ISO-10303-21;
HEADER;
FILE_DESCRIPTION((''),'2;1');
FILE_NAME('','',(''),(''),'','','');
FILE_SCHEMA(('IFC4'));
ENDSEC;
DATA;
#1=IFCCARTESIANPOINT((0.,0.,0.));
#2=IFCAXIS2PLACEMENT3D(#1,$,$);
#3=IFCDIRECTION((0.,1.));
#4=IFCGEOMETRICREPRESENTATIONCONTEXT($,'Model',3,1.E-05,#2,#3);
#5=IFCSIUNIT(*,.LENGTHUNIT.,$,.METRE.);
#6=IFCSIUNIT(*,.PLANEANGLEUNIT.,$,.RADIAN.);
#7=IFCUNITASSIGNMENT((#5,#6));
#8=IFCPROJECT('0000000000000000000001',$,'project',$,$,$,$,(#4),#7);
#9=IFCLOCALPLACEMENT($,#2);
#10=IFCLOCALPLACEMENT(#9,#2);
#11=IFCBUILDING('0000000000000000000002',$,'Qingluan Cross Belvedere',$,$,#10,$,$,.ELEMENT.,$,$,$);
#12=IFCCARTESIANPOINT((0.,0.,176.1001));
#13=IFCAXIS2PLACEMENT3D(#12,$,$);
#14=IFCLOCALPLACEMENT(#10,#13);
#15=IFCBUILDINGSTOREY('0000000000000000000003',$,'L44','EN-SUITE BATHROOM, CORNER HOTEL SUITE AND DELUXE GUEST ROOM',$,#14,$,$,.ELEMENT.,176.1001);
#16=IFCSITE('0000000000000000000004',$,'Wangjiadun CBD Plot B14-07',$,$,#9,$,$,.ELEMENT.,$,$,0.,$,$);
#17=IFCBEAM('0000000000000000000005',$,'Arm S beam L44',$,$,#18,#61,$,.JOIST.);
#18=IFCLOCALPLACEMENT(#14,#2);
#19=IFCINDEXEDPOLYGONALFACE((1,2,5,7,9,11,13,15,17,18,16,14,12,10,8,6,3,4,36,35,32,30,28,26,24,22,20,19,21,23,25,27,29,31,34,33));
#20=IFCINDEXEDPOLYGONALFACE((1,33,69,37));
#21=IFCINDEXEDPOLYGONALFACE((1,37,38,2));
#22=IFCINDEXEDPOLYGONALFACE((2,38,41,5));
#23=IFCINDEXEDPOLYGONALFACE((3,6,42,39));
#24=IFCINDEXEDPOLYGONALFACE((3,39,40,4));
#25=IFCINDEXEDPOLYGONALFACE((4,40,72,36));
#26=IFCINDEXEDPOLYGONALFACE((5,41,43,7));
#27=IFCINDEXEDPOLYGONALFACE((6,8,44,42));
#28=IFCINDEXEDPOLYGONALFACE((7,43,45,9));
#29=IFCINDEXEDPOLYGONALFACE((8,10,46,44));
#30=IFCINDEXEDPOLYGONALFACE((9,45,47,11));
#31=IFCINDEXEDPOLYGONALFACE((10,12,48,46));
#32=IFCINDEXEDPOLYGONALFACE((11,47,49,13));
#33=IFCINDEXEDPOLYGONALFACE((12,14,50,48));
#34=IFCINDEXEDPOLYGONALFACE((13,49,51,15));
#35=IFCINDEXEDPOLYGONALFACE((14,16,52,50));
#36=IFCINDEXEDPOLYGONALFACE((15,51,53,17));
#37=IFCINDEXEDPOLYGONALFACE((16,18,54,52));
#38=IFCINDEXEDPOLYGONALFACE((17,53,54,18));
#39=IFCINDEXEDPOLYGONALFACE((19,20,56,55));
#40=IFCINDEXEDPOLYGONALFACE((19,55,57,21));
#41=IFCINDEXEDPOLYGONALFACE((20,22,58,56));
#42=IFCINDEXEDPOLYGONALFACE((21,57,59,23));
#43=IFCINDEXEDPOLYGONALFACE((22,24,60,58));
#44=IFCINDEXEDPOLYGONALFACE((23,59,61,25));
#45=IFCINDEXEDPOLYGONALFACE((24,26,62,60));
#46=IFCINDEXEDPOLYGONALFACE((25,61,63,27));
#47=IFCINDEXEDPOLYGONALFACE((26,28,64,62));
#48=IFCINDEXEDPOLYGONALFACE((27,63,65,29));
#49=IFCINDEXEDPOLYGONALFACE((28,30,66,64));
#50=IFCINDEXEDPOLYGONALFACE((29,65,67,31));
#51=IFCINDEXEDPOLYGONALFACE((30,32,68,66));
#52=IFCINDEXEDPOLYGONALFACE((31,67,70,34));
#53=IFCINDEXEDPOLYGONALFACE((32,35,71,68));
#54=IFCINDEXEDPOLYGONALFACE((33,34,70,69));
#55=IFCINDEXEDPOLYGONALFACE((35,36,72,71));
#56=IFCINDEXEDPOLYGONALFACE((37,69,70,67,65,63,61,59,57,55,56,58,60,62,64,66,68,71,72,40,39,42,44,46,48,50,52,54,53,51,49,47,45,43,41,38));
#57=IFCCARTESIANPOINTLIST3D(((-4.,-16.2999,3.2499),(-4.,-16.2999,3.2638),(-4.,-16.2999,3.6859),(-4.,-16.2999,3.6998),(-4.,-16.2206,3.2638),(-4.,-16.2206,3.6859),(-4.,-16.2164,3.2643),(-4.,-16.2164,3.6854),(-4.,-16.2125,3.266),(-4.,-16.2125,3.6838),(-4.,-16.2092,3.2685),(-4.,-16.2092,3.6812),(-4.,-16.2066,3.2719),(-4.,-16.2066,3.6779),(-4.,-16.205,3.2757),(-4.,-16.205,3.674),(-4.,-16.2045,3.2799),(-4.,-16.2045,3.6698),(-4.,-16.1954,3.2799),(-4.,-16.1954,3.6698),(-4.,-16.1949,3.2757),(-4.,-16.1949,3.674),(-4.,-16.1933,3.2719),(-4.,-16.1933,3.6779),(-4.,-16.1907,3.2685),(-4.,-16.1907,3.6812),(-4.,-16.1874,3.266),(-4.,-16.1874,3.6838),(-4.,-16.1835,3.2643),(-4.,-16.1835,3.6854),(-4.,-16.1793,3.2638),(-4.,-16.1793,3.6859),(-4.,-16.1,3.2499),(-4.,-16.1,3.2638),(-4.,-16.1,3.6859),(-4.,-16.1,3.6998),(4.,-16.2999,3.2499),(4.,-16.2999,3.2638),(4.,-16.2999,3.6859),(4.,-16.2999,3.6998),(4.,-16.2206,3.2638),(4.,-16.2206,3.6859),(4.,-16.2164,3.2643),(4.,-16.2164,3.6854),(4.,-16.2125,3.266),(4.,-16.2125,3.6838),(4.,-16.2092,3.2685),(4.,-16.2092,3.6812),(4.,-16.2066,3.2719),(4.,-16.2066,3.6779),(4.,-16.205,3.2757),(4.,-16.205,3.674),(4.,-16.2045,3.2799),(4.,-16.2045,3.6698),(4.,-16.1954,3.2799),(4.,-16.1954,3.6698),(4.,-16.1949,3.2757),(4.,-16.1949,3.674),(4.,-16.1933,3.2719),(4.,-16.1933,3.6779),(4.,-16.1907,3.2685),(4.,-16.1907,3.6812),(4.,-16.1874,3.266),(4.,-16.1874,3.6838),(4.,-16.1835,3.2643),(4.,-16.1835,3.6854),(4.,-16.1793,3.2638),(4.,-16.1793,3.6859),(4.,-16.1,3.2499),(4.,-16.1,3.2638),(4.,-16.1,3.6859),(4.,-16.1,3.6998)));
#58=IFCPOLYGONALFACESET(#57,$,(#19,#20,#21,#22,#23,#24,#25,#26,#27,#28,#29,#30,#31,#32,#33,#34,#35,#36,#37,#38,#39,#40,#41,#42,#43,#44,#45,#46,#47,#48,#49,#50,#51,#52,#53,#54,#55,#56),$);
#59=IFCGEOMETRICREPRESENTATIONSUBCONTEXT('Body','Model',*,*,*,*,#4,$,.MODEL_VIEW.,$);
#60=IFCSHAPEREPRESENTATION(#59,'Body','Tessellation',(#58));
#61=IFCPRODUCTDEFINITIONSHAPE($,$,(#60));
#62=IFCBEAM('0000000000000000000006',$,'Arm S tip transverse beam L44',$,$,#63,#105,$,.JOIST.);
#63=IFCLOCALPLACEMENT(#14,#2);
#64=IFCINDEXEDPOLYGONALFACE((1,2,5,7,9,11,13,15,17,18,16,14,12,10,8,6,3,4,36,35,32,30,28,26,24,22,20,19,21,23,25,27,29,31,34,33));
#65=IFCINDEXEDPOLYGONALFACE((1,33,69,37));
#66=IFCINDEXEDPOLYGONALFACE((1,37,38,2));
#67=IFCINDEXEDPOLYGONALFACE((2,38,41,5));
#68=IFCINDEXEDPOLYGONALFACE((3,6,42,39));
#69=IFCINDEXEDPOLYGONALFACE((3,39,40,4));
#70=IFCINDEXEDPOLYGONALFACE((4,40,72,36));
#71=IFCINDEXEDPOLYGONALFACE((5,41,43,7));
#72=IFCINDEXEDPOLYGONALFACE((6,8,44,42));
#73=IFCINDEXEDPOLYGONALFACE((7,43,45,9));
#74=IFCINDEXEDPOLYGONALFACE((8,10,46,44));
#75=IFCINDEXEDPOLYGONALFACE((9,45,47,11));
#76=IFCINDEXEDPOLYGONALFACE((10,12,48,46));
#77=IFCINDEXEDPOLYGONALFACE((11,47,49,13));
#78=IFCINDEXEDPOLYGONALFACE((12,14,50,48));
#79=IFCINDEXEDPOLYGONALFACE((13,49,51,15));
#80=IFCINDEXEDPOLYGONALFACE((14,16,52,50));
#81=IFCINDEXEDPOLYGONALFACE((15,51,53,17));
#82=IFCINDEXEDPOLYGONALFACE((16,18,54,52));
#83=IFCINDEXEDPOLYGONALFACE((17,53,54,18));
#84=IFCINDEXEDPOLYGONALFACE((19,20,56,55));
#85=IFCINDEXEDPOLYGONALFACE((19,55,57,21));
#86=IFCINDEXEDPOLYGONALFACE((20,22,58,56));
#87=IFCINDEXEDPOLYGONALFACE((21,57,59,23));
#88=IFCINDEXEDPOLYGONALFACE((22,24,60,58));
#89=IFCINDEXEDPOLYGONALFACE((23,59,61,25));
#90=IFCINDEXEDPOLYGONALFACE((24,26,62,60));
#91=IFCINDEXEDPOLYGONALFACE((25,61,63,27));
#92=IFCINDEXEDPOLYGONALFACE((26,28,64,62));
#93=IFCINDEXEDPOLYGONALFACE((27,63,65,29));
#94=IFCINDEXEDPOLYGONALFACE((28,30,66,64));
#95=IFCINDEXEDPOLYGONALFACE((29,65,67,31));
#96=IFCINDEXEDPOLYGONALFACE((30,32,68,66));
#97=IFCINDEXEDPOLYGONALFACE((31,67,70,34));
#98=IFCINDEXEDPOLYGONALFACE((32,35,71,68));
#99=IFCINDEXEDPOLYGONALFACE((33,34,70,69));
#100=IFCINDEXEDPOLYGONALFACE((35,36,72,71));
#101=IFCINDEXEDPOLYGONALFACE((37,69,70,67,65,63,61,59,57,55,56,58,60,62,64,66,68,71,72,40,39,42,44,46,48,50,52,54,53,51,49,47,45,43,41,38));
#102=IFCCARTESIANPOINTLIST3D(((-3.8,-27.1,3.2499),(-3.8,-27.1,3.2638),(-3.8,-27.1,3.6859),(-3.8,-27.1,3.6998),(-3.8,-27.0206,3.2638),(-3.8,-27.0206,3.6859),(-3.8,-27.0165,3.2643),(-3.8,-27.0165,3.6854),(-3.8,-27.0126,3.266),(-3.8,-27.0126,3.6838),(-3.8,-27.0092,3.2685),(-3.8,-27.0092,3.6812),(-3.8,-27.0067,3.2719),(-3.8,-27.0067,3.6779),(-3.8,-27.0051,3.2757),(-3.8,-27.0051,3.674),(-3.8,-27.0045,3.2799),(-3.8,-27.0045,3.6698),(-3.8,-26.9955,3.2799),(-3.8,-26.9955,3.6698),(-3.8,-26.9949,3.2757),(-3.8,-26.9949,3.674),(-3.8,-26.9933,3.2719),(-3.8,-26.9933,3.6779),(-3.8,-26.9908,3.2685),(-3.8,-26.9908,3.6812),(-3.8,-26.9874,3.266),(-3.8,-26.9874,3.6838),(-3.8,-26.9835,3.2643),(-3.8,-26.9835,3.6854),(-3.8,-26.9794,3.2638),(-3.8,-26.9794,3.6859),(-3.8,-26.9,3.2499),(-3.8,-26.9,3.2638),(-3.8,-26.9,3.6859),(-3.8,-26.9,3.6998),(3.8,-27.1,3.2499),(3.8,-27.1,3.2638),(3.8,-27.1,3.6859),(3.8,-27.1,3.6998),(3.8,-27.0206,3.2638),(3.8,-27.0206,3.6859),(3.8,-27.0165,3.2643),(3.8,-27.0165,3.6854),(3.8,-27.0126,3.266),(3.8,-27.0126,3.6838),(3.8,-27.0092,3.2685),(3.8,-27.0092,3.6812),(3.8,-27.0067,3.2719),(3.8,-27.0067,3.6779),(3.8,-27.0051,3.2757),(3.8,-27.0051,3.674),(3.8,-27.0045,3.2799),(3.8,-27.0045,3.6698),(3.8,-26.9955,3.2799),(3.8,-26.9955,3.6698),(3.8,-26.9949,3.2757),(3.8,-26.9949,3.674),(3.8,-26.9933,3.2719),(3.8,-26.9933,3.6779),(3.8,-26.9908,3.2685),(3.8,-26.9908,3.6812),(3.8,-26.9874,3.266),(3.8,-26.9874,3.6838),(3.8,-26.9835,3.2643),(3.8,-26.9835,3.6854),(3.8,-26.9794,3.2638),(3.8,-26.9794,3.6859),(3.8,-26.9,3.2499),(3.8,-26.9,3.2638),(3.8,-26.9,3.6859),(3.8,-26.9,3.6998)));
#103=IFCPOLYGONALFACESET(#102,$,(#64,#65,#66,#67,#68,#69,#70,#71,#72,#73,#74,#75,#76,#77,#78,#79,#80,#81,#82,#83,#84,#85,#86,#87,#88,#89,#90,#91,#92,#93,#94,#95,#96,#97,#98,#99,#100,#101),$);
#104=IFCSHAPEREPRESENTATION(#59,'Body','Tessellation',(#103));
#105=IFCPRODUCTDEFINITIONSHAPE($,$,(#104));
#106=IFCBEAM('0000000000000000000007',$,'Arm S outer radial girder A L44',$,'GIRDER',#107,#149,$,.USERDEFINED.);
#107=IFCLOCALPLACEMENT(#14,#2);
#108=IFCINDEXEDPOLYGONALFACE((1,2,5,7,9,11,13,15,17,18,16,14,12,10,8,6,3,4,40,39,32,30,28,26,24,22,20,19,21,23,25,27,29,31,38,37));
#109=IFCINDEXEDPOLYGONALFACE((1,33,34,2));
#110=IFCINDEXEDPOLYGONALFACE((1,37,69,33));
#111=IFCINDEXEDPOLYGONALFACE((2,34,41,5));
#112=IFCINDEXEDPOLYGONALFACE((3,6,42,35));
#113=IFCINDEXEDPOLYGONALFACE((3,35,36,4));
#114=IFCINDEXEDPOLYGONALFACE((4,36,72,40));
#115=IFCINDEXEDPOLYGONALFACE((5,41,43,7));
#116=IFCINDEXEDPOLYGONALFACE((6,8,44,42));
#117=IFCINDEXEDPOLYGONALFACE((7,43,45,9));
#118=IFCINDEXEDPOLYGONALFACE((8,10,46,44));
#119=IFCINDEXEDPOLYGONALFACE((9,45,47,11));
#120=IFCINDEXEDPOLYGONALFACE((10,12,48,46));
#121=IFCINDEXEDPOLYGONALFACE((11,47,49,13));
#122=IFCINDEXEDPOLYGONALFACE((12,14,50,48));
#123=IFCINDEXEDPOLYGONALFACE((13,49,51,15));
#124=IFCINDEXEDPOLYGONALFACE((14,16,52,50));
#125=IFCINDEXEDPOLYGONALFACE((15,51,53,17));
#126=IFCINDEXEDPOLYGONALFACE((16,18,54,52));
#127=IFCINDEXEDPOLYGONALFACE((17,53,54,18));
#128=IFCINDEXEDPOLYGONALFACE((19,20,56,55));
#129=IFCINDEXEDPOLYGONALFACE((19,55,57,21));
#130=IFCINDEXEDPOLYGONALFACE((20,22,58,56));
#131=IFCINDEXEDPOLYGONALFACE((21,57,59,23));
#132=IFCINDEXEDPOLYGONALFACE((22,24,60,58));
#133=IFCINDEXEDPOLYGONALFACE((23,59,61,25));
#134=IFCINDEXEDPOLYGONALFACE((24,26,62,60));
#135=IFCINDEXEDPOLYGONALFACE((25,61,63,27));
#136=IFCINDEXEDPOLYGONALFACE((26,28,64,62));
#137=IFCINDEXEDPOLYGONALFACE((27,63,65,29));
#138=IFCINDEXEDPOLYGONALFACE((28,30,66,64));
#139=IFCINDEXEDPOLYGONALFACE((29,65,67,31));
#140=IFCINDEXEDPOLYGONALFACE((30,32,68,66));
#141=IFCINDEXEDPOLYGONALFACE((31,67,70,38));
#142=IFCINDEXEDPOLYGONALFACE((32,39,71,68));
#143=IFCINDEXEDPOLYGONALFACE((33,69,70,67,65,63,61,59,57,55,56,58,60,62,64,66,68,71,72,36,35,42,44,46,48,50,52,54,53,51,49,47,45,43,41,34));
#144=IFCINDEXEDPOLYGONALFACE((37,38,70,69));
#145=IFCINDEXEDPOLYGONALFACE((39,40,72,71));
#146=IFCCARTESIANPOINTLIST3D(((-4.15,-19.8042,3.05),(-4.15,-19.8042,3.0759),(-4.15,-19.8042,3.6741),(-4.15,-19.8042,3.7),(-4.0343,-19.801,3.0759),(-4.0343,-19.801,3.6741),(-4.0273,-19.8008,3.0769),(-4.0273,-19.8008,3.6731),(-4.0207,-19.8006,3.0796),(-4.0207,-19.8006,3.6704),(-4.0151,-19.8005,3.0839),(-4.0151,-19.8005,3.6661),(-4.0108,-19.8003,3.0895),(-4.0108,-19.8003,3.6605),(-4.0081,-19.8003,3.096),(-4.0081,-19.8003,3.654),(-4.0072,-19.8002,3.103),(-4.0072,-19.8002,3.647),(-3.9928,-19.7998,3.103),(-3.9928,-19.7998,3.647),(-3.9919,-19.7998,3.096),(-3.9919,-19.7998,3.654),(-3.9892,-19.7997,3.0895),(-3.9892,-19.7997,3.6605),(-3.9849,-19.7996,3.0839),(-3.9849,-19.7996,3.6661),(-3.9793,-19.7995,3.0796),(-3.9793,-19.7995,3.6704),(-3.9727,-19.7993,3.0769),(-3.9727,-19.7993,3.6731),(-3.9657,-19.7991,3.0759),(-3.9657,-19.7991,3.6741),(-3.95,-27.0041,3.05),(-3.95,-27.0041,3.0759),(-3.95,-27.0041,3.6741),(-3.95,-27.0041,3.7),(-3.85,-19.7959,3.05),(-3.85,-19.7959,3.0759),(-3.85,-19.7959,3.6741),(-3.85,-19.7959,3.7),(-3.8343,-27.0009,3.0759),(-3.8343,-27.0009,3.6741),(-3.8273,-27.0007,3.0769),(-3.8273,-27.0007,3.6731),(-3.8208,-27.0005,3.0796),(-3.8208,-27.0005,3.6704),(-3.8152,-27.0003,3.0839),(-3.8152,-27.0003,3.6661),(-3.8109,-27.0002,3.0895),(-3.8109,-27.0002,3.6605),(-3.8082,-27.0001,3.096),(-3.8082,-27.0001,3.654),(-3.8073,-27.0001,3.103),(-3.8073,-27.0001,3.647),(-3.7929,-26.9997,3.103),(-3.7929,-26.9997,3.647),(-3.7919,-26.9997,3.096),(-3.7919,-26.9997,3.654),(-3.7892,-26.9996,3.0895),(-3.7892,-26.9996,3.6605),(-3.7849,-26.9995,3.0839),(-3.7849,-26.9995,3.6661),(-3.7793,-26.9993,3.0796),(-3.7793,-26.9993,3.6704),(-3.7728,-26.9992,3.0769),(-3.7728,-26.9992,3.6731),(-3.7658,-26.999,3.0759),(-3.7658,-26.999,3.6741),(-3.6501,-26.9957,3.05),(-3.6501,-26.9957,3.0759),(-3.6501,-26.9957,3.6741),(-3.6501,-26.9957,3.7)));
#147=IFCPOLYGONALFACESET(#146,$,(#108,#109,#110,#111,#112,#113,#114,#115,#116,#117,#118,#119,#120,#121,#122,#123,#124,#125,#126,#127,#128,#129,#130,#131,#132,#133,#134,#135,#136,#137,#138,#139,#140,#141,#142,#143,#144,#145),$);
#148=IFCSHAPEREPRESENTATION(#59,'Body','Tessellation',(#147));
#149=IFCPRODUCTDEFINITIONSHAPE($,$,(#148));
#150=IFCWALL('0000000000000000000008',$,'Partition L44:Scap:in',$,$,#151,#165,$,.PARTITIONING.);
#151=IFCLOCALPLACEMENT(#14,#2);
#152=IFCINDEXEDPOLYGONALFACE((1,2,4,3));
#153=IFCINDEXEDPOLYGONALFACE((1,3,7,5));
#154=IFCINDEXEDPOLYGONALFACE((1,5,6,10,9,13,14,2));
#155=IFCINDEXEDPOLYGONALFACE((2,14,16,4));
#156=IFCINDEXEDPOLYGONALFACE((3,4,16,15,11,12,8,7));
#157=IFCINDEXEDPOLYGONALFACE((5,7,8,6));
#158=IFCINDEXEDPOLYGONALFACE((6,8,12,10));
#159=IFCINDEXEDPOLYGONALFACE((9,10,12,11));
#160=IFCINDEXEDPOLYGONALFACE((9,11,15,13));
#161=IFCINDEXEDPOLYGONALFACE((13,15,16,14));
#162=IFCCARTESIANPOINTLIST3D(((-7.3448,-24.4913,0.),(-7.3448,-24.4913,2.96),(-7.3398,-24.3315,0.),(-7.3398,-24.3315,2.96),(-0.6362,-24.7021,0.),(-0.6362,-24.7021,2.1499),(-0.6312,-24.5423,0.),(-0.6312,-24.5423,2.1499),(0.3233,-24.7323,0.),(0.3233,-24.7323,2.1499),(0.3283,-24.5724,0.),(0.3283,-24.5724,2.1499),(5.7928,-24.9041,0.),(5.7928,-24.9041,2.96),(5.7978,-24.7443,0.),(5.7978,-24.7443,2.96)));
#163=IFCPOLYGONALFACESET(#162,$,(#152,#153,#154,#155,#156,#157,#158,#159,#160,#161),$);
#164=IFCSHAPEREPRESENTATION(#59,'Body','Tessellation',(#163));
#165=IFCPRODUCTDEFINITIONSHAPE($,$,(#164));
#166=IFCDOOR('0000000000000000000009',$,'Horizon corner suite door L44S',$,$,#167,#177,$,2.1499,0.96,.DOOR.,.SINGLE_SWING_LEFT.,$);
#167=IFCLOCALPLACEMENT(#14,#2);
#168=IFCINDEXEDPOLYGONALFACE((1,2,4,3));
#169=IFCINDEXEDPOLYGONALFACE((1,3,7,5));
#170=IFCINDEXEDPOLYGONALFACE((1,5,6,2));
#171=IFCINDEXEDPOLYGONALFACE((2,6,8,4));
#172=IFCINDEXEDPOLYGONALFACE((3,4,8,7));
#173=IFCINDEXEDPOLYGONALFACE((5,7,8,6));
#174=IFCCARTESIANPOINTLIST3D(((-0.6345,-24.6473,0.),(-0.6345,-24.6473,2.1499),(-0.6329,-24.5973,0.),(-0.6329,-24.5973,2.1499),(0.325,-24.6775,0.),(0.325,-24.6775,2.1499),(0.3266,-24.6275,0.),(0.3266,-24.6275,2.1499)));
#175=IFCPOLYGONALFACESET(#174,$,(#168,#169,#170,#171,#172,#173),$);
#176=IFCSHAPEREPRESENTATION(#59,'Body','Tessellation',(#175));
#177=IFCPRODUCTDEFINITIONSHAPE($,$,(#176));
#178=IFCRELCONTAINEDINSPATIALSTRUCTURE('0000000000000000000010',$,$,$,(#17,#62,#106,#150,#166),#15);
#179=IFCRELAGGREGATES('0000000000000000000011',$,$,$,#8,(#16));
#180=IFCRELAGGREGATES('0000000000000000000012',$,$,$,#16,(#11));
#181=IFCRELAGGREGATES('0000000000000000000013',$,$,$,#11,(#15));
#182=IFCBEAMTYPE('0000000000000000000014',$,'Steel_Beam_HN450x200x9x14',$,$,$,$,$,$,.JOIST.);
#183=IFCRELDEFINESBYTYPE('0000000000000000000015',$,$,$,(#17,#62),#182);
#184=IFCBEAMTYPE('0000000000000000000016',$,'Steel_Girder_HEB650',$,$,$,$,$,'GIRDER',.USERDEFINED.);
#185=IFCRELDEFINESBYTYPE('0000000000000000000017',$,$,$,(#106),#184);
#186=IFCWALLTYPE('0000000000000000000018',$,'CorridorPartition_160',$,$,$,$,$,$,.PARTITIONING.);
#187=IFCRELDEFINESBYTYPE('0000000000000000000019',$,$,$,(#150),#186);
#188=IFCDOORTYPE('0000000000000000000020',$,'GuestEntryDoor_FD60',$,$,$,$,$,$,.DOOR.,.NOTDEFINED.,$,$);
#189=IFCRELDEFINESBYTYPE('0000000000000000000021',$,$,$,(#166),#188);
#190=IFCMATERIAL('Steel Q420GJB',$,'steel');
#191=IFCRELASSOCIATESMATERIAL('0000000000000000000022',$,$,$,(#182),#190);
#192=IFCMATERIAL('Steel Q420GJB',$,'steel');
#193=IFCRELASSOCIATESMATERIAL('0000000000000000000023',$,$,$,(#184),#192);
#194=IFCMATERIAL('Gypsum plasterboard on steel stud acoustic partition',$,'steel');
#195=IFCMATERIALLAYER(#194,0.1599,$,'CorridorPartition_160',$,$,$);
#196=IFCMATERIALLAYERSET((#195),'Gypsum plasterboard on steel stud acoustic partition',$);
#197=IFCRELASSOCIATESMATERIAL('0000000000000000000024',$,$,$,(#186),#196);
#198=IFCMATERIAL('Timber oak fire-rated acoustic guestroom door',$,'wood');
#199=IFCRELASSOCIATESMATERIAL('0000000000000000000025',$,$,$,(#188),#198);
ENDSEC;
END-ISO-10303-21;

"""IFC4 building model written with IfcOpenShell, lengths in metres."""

from ifc_helpers import new_model, si_unit, direction, frame, frame_2d, origin, origin_2d, place, context, subcontext, project, spatial, rectangle, i_section, extrude, material, layer, layer_set, material_profile, profile_set, type_object, element, fill, save


model = new_model("IFC4")

# Units and contexts
model_context = context("Model", 3, precision=1e-05, world=origin(), true_north=direction((0.0, 1.0)))
body_context = subcontext(model_context, "Body", "Model", "MODEL_VIEW")
ifc_project = project(units=[si_unit("LENGTHUNIT", "METRE"), si_unit("PLANEANGLEUNIT", "RADIAN")], contexts=[model_context])

# Site, building, storey
site_placement = place(None, origin())
site = spatial("IfcSite", under=ifc_project, at=site_placement, Name="Wangjiadun CBD Plot B14-07", CompositionType="ELEMENT", RefElevation=0.0)
building_placement = place(site_placement, origin())
building = spatial("IfcBuilding", under=site, at=building_placement, Name="Qingluan Cross Belvedere", CompositionType="ELEMENT")
storey_placement = place(building_placement, frame((0.0, 0.0, 176.1001)))
storey = spatial("IfcBuildingStorey", under=building, at=storey_placement, Name="L44", Description="EN-SUITE BATHROOM, CORNER HOTEL SUITE AND DELUXE GUEST ROOM", CompositionType="ELEMENT", Elevation=176.1001)

# Beams
ifc_material_1 = material(Name="Steel Q420GJB", Category="steel")
ifc_material_profile_1 = material_profile(ifc_material_1, i_section(OverallWidth=0.2, OverallDepth=0.45, WebThickness=0.009, FlangeThickness=0.0139, FilletRadius=0.0161, at=origin_2d()), Name="HN450x200x9x14")
ifc_profile_set_1 = profile_set([ifc_material_profile_1], Name="Steel Q420GJB")
beam_type_1 = type_object("IfcBeamType", Name="Steel_Beam_HN450x200x9x14", PredefinedType="JOIST", material=ifc_profile_set_1)
for number, where, z_axis, x_axis, name in (
    (1, (-4.0, -16.2, 3.4749), (1.0, 0.0, 0.0), (0.0, 1.0, 0.0), "Arm S beam L44"),
):
    element("IfcBeam", number, at=place(storey_placement, frame(where, z_axis=z_axis, x_axis=x_axis)), inside=storey, type_object=beam_type_1, Name=name, PredefinedType="JOIST", context=body_context, shape_type="SweptSolid", body=[
        extrude(i_section(OverallWidth=0.2, OverallDepth=0.45, WebThickness=0.009, FlangeThickness=0.0139, FilletRadius=0.0161, at=origin_2d()), origin(), (0.0, 0.0, 1.0), 8.0),
    ])
beam_1_placement = place(storey_placement, frame((-3.8, -27.0, 3.4749), z_axis=(1.0, 0.0, 0.0), x_axis=(0.0, 1.0, 0.0)))
element("IfcBeam", 2, at=beam_1_placement, inside=storey, type_object=beam_type_1, Name="Arm S tip transverse beam L44", PredefinedType="JOIST", context=body_context, shape_type="SweptSolid", body=[
    extrude(i_section(OverallWidth=0.2, OverallDepth=0.45, WebThickness=0.009, FlangeThickness=0.0139, FilletRadius=0.0161, at=origin_2d()), origin(), (0.0, 0.0, 1.0), 7.6001),
])
ifc_material_2 = material(Name="Steel Q420GJB", Category="steel")
ifc_material_profile_2 = material_profile(ifc_material_2, i_section(OverallWidth=0.3, OverallDepth=0.6499, WebThickness=0.0144, FlangeThickness=0.0259, FilletRadius=0.0271, at=origin_2d()), Name="HEB650")
ifc_profile_set_2 = profile_set([ifc_material_profile_2], Name="Steel Q420GJB")
beam_type_2 = type_object("IfcBeamType", Name="Steel_Girder_HEB650", ElementType="GIRDER", PredefinedType="USERDEFINED", material=ifc_profile_set_2)
beam_2_placement = place(storey_placement, frame((-4.0, -19.8, 3.375), z_axis=(0.02776, -0.999615, 0.0), x_axis=(0.999615, 0.02776, 0.0)))
element("IfcBeam", 3, at=beam_2_placement, inside=storey, type_object=beam_type_2, Name="Arm S outer radial girder A L44", ObjectType="GIRDER", PredefinedType="USERDEFINED", context=body_context, shape_type="SweptSolid", body=[
    extrude(i_section(OverallWidth=0.3, OverallDepth=0.6499, WebThickness=0.0144, FlangeThickness=0.0259, FilletRadius=0.0271, at=origin_2d()), origin(), (0.0, 0.0, 1.0), 7.2026),
])

# Wall, opening, door
ifc_material_3 = material(Name="Gypsum plasterboard on steel stud acoustic partition", Category="steel")
ifc_layer_1 = layer(ifc_material_3, 0.1599, Name="CorridorPartition_160")
ifc_layer_set_1 = layer_set([ifc_layer_1], Name="Gypsum plasterboard on steel stud acoustic partition")
wall_type_1 = type_object("IfcWallType", Name="CorridorPartition_160", PredefinedType="PARTITIONING", material=ifc_layer_set_1)
wall_1_placement = place(storey_placement, frame((-7.3423, -24.4114, 0.0), z_axis=(0.0, 0.0, 1.0), x_axis=(0.999507, -0.031409, 0.0)))
wall_1 = element("IfcWall", 4, at=wall_1_placement, inside=storey, type_object=wall_type_1, Name="Partition L44:Scap:in", PredefinedType="PARTITIONING", context=body_context, shape_type="SweptSolid", body=[
    extrude(rectangle(XDim=13.144, YDim=0.1599, at=frame_2d((6.572, 0.0))), origin(), (0.0, 0.0, 1.0), 2.96),
])
opening_1_placement = place(wall_1_placement, frame((6.7119, 0.0, 0.0)))
opening_1 = element("IfcOpeningElement", 5, at=opening_1_placement, cuts=wall_1, PredefinedType="OPENING", context=body_context, shape_type="SweptSolid", body=[
    extrude(rectangle(XDim=0.96, YDim=2.1499, at=frame_2d((0.48, 1.075))), frame((0.0, 0.0898, 0.0), z_axis=(0.0, -1.0, 0.0), x_axis=(1.0, 0.0, 0.0)), (0.0, 0.0, 1.0), 0.1799),
])
ifc_material_4 = material(Name="Timber oak fire-rated acoustic guestroom door", Category="wood")
door_type_1 = type_object("IfcDoorType", Name="GuestEntryDoor_FD60", OperationType="NOTDEFINED", PredefinedType="DOOR", material=ifc_material_4)
door_1_placement = place(opening_1_placement, origin())
door_1 = element("IfcDoor", 6, at=door_1_placement, inside=storey, type_object=door_type_1, Name="Horizon corner suite door L44S", OperationType="SINGLE_SWING_LEFT", OverallHeight=2.1499, OverallWidth=0.96, PredefinedType="DOOR", context=body_context, shape_type="SweptSolid", body=[
    extrude(rectangle(XDim=0.96, YDim=2.1499, at=frame_2d((0.48, 1.075))), frame((0.0, 0.0249, 0.0), z_axis=(0.0, -1.0, 0.0), x_axis=(1.0, 0.0, 0.0)), (0.0, 0.0, 1.0), 0.05),
])
fill(opening_1, door_1)

save(model, "model.ifc")
